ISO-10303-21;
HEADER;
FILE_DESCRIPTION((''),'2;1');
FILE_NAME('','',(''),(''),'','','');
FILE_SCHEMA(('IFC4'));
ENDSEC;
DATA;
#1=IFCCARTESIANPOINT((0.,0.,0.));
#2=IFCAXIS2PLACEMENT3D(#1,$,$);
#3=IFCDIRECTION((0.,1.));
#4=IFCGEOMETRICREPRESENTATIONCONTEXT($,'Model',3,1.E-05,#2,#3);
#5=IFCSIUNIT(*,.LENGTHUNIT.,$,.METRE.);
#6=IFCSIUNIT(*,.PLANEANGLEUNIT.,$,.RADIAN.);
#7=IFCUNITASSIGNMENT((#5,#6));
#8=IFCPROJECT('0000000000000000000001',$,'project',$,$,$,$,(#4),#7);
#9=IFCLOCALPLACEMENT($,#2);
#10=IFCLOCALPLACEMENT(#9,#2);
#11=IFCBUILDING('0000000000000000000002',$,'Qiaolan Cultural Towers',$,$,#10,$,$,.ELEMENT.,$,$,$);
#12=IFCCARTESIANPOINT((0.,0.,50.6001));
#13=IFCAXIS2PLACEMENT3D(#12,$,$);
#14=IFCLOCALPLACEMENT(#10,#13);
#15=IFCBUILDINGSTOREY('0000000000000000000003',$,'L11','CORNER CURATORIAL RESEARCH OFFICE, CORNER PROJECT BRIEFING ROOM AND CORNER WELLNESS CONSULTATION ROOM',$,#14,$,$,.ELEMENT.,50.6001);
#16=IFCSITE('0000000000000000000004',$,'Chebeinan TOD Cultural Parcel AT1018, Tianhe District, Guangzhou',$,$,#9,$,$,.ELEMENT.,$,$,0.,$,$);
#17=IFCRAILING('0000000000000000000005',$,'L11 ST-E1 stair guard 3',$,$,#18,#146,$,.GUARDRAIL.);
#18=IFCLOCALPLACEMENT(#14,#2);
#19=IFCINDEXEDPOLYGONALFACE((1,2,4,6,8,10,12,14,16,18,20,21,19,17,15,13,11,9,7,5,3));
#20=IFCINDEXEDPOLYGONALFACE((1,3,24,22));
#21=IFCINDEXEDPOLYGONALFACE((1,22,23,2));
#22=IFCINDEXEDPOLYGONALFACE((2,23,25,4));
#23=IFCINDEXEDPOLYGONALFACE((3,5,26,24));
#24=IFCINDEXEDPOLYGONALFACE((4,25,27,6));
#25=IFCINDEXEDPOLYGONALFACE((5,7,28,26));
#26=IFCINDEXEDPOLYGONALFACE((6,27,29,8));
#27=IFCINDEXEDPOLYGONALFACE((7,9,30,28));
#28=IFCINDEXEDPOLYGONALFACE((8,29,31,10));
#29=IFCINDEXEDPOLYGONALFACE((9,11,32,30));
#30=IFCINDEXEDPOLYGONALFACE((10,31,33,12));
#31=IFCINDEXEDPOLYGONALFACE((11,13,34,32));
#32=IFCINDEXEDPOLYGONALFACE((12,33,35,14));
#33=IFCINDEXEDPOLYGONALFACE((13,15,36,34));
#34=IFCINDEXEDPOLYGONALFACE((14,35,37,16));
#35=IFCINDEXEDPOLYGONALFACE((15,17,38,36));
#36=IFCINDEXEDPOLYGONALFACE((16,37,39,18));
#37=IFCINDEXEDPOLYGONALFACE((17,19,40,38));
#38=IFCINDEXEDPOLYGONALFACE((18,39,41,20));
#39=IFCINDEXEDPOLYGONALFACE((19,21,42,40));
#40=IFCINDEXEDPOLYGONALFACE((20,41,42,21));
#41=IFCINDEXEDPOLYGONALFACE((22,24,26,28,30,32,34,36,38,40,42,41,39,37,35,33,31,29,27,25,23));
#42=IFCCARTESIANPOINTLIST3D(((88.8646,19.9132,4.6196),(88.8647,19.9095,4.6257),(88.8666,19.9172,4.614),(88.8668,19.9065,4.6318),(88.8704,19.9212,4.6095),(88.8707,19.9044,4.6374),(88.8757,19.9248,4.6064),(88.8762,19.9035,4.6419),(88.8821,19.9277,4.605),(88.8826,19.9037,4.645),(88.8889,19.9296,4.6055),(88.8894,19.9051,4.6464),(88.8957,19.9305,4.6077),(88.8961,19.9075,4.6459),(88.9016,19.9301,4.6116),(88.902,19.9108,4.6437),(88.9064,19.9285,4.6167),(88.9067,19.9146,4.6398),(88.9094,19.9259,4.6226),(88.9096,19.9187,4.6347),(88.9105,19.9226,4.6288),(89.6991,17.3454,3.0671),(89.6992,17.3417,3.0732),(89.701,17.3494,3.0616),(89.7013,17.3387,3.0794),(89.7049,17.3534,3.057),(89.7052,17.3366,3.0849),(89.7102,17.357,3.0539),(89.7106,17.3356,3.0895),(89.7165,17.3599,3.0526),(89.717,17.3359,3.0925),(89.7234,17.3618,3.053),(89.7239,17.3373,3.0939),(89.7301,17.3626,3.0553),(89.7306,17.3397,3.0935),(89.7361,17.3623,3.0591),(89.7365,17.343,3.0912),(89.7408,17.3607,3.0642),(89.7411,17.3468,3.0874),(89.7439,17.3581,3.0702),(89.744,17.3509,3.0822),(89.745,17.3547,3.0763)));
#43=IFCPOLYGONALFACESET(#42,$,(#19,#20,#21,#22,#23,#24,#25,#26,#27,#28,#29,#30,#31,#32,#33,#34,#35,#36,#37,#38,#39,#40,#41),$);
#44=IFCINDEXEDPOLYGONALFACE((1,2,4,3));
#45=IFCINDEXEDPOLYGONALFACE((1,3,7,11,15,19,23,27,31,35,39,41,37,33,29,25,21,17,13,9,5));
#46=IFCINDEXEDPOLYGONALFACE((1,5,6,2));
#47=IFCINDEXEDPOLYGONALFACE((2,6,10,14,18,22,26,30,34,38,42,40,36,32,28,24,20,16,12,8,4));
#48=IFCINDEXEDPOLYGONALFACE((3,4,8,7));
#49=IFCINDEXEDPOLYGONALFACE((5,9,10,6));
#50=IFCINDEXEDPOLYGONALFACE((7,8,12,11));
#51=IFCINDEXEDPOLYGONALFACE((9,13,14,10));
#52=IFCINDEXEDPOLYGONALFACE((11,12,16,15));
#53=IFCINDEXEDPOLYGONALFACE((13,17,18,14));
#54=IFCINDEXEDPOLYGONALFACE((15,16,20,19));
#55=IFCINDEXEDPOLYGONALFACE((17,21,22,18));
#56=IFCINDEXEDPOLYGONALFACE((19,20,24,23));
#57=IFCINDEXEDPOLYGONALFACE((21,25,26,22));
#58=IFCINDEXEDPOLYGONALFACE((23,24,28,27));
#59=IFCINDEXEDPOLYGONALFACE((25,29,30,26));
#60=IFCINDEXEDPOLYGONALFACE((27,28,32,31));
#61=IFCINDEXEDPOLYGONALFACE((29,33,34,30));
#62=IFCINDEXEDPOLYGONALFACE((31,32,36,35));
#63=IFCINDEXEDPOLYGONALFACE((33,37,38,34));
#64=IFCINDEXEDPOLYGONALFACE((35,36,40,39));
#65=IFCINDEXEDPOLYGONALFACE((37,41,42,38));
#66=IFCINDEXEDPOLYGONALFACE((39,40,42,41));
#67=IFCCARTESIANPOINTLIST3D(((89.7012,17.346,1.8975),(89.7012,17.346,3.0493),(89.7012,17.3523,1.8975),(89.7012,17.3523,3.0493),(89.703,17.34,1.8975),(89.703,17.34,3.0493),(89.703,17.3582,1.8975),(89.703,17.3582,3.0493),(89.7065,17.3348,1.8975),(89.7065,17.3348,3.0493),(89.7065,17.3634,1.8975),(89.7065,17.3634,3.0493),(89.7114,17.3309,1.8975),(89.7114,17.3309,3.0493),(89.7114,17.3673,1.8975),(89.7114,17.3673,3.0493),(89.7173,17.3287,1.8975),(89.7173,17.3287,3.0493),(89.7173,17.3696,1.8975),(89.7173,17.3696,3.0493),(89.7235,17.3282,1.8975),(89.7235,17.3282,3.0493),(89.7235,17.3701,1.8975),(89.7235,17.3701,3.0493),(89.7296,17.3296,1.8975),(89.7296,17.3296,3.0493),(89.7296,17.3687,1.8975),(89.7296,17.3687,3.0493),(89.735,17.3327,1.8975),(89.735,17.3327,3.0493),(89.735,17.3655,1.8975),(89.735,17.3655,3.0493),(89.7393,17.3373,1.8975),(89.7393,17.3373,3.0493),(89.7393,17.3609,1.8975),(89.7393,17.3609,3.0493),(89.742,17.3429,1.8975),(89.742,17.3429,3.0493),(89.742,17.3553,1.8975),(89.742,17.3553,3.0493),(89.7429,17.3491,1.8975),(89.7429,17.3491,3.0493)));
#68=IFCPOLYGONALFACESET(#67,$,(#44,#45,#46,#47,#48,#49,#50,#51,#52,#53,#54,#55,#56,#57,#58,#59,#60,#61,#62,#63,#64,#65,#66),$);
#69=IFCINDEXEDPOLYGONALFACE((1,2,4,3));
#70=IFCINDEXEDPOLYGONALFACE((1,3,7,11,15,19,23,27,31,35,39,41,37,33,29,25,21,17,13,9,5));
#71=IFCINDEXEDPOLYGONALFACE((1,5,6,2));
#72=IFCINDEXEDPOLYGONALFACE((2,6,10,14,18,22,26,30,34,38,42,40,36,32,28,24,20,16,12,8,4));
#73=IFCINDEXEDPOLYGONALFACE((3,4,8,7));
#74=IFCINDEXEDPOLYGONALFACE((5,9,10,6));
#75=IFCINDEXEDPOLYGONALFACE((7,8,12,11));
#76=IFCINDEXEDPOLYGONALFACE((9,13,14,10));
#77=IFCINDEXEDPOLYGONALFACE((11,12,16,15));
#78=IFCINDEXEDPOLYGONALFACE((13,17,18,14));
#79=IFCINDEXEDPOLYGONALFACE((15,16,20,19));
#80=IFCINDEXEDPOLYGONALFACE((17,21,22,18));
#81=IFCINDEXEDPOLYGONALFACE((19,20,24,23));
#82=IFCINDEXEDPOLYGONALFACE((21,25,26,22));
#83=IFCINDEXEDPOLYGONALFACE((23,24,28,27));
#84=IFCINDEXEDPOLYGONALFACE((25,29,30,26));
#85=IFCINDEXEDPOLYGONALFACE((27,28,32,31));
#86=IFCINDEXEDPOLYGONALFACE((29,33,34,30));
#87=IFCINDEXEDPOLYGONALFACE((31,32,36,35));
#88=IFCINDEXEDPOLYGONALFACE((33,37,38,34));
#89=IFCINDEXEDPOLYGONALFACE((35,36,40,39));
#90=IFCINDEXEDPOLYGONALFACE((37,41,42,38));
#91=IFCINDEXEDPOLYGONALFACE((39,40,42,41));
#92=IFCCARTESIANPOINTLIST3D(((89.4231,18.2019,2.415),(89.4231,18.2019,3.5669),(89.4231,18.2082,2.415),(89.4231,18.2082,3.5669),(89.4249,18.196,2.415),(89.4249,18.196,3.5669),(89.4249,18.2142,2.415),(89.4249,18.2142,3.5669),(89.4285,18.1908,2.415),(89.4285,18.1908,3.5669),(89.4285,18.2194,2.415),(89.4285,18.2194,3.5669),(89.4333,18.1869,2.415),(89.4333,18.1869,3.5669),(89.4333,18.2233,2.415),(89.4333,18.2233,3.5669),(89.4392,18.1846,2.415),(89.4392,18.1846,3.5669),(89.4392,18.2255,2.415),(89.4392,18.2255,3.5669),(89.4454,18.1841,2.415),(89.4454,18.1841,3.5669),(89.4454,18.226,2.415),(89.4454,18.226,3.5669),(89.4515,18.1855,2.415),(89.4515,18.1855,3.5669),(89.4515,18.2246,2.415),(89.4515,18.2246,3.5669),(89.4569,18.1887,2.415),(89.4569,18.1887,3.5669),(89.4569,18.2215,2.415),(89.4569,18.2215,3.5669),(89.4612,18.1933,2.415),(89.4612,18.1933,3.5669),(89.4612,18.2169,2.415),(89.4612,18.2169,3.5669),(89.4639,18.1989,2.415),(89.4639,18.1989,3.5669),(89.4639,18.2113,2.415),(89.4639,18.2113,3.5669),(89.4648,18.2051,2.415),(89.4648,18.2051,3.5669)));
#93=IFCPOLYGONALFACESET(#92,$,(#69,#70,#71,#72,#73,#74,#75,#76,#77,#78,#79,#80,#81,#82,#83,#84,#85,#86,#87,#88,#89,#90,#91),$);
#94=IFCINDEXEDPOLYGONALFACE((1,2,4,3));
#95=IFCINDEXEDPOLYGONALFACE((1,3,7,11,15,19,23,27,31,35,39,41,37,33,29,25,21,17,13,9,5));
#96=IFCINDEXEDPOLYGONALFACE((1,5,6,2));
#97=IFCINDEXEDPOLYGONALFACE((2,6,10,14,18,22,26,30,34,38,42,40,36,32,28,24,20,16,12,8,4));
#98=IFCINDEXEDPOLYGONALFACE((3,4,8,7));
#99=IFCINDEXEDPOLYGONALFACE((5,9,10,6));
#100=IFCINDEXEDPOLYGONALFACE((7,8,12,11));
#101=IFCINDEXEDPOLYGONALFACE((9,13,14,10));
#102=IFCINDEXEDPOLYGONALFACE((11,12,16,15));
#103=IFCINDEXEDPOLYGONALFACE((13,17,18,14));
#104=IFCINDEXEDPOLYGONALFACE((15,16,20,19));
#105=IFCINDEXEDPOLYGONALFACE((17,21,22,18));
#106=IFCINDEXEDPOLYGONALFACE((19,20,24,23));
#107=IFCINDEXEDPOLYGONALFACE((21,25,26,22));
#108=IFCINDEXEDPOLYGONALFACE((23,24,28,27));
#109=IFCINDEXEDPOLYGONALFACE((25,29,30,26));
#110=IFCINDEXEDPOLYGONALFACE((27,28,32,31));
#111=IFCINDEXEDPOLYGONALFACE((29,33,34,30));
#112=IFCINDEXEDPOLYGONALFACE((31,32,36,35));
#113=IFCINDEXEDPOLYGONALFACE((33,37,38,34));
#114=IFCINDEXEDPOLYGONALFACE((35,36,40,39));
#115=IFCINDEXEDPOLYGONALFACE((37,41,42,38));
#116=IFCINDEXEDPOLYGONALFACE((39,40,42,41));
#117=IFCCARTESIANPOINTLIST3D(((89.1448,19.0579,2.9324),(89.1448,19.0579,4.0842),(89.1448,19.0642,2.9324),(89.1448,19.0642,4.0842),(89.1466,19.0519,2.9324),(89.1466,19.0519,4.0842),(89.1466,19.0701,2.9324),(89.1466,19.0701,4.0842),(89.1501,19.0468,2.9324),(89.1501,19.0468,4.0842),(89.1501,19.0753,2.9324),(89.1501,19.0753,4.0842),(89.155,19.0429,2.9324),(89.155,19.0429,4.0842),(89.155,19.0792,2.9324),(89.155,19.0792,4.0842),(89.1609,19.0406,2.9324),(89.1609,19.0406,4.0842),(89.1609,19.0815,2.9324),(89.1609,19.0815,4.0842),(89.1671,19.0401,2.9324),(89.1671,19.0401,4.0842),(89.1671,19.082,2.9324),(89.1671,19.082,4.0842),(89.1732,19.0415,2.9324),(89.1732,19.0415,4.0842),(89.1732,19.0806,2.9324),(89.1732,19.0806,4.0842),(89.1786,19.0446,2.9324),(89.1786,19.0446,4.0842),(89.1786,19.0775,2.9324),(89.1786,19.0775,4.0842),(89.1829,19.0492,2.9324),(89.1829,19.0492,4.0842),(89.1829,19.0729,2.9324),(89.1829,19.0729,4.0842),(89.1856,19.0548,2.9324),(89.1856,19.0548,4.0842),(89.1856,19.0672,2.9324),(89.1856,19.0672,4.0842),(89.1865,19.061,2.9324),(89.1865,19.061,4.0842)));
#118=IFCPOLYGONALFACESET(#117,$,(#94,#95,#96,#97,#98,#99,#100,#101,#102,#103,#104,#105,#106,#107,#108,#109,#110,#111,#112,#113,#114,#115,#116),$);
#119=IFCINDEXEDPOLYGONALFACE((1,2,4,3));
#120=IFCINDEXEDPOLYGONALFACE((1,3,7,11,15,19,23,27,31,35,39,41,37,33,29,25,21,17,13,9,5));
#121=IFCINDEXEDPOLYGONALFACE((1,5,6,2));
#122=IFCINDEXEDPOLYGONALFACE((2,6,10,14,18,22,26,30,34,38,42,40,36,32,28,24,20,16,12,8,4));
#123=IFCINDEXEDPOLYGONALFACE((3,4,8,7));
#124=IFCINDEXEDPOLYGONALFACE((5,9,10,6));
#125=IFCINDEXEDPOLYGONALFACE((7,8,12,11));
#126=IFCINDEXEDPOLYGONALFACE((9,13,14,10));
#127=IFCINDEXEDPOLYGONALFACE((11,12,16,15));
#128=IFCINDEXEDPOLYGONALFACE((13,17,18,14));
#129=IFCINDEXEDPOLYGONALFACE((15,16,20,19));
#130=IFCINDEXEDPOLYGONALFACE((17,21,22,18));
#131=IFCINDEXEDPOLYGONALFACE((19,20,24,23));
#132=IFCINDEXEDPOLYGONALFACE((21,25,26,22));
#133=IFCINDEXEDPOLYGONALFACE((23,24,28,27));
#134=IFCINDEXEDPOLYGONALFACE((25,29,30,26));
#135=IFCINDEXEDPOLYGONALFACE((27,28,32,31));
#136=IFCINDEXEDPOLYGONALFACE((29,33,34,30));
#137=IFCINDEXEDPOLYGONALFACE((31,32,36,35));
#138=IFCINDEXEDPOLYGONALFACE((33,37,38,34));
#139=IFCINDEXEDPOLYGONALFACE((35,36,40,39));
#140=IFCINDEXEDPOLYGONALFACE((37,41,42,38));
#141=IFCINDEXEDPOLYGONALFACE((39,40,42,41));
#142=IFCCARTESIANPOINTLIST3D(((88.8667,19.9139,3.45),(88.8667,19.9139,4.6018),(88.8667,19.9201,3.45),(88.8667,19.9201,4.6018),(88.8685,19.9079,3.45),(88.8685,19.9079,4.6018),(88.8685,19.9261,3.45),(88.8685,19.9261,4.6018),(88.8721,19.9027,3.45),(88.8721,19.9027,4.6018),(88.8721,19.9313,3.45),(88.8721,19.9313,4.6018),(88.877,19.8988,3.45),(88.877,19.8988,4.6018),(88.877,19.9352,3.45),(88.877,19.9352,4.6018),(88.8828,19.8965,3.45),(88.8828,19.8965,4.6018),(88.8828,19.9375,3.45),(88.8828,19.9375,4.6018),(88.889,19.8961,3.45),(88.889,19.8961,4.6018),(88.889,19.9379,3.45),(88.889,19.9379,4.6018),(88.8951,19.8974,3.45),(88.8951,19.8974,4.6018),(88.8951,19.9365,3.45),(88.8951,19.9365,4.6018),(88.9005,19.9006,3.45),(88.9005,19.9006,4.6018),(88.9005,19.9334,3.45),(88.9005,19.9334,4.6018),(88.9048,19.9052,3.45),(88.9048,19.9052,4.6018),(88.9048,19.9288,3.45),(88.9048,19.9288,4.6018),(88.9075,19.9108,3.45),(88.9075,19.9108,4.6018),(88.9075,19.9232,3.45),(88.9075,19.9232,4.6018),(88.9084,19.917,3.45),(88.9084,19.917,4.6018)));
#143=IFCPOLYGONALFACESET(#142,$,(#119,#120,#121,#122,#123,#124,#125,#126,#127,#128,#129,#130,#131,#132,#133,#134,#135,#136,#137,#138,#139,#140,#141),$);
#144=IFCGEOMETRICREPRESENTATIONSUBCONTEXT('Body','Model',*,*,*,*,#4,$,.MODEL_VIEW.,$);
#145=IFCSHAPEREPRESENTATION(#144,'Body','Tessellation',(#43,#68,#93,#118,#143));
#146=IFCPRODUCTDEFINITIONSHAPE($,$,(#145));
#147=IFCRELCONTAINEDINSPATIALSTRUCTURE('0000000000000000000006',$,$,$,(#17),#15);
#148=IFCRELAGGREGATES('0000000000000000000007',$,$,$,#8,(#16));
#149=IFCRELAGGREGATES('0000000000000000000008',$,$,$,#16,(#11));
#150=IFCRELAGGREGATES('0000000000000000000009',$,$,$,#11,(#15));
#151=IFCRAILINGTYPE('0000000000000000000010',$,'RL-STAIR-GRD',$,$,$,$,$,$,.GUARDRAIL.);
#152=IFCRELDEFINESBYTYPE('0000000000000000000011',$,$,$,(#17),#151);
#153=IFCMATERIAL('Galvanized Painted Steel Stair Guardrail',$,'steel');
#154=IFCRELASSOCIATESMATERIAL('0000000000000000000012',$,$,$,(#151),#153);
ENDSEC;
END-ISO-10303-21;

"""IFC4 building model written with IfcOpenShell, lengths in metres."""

from ifc_helpers import new_model, si_unit, direction, frame, origin, origin_2d, place, context, subcontext, project, spatial, circle, extrude, material, type_object, element, save


model = new_model("IFC4")

# Units and contexts
model_context = context("Model", 3, precision=1e-05, world=origin(), true_north=direction((0.0, 1.0)))
body_context = subcontext(model_context, "Body", "Model", "MODEL_VIEW")
ifc_project = project(units=[si_unit("LENGTHUNIT", "METRE"), si_unit("PLANEANGLEUNIT", "RADIAN")], contexts=[model_context])

# Site, building, storey
site_placement = place(None, origin())
site = spatial("IfcSite", under=ifc_project, at=site_placement, Name="Chebeinan TOD Cultural Parcel AT1018, Tianhe District, Guangzhou", CompositionType="ELEMENT", RefElevation=0.0)
building_placement = place(site_placement, origin())
building = spatial("IfcBuilding", under=site, at=building_placement, Name="Qiaolan Cultural Towers", CompositionType="ELEMENT")
storey_placement = place(building_placement, frame((0.0, 0.0, 50.6001)))
storey = spatial("IfcBuildingStorey", under=building, at=storey_placement, Name="L11", Description="CORNER CURATORIAL RESEARCH OFFICE, CORNER PROJECT BRIEFING ROOM AND CORNER WELLNESS CONSULTATION ROOM", CompositionType="ELEMENT", Elevation=50.6001)

# Railing
ifc_material_1 = material(Name="Galvanized Painted Steel Stair Guardrail", Category="steel")
railing_type_1 = type_object("IfcRailingType", Name="RL-STAIR-GRD", PredefinedType="GUARDRAIL", material=ifc_material_1)
railing_1_placement = place(storey_placement, frame((89.7219, 17.3491, 1.8975)))
element("IfcRailing", 1, at=railing_1_placement, inside=storey, type_object=railing_type_1, Name="L11 ST-E1 stair guard 3", PredefinedType="GUARDRAIL", context=body_context, shape_type="SweptSolid", body=[
    extrude(circle(Radius=0.0239, at=origin_2d()), frame((0.0, 0.0, 1.1758), z_axis=(-0.267926, 0.824471, 0.498461), x_axis=(-0.951043, -0.309057, 0.0)), (0.0, 0.0, 1.0), 3.1145),
    extrude(circle(Radius=0.021, at=origin_2d()), origin(), (0.0, 0.0, 1.0), 1.1519),
    extrude(circle(Radius=0.021, at=origin_2d()), frame((-0.2781, 0.856, 0.5176)), (0.0, 0.0, 1.0), 1.1519),
    extrude(circle(Radius=0.021, at=origin_2d()), frame((-0.5564, 1.7119, 1.0349)), (0.0, 0.0, 1.0), 1.1519),
    extrude(circle(Radius=0.021, at=origin_2d()), frame((-0.8345, 2.5679, 1.5525)), (0.0, 0.0, 1.0), 1.1519),
])

save(model, "model.ifc")
